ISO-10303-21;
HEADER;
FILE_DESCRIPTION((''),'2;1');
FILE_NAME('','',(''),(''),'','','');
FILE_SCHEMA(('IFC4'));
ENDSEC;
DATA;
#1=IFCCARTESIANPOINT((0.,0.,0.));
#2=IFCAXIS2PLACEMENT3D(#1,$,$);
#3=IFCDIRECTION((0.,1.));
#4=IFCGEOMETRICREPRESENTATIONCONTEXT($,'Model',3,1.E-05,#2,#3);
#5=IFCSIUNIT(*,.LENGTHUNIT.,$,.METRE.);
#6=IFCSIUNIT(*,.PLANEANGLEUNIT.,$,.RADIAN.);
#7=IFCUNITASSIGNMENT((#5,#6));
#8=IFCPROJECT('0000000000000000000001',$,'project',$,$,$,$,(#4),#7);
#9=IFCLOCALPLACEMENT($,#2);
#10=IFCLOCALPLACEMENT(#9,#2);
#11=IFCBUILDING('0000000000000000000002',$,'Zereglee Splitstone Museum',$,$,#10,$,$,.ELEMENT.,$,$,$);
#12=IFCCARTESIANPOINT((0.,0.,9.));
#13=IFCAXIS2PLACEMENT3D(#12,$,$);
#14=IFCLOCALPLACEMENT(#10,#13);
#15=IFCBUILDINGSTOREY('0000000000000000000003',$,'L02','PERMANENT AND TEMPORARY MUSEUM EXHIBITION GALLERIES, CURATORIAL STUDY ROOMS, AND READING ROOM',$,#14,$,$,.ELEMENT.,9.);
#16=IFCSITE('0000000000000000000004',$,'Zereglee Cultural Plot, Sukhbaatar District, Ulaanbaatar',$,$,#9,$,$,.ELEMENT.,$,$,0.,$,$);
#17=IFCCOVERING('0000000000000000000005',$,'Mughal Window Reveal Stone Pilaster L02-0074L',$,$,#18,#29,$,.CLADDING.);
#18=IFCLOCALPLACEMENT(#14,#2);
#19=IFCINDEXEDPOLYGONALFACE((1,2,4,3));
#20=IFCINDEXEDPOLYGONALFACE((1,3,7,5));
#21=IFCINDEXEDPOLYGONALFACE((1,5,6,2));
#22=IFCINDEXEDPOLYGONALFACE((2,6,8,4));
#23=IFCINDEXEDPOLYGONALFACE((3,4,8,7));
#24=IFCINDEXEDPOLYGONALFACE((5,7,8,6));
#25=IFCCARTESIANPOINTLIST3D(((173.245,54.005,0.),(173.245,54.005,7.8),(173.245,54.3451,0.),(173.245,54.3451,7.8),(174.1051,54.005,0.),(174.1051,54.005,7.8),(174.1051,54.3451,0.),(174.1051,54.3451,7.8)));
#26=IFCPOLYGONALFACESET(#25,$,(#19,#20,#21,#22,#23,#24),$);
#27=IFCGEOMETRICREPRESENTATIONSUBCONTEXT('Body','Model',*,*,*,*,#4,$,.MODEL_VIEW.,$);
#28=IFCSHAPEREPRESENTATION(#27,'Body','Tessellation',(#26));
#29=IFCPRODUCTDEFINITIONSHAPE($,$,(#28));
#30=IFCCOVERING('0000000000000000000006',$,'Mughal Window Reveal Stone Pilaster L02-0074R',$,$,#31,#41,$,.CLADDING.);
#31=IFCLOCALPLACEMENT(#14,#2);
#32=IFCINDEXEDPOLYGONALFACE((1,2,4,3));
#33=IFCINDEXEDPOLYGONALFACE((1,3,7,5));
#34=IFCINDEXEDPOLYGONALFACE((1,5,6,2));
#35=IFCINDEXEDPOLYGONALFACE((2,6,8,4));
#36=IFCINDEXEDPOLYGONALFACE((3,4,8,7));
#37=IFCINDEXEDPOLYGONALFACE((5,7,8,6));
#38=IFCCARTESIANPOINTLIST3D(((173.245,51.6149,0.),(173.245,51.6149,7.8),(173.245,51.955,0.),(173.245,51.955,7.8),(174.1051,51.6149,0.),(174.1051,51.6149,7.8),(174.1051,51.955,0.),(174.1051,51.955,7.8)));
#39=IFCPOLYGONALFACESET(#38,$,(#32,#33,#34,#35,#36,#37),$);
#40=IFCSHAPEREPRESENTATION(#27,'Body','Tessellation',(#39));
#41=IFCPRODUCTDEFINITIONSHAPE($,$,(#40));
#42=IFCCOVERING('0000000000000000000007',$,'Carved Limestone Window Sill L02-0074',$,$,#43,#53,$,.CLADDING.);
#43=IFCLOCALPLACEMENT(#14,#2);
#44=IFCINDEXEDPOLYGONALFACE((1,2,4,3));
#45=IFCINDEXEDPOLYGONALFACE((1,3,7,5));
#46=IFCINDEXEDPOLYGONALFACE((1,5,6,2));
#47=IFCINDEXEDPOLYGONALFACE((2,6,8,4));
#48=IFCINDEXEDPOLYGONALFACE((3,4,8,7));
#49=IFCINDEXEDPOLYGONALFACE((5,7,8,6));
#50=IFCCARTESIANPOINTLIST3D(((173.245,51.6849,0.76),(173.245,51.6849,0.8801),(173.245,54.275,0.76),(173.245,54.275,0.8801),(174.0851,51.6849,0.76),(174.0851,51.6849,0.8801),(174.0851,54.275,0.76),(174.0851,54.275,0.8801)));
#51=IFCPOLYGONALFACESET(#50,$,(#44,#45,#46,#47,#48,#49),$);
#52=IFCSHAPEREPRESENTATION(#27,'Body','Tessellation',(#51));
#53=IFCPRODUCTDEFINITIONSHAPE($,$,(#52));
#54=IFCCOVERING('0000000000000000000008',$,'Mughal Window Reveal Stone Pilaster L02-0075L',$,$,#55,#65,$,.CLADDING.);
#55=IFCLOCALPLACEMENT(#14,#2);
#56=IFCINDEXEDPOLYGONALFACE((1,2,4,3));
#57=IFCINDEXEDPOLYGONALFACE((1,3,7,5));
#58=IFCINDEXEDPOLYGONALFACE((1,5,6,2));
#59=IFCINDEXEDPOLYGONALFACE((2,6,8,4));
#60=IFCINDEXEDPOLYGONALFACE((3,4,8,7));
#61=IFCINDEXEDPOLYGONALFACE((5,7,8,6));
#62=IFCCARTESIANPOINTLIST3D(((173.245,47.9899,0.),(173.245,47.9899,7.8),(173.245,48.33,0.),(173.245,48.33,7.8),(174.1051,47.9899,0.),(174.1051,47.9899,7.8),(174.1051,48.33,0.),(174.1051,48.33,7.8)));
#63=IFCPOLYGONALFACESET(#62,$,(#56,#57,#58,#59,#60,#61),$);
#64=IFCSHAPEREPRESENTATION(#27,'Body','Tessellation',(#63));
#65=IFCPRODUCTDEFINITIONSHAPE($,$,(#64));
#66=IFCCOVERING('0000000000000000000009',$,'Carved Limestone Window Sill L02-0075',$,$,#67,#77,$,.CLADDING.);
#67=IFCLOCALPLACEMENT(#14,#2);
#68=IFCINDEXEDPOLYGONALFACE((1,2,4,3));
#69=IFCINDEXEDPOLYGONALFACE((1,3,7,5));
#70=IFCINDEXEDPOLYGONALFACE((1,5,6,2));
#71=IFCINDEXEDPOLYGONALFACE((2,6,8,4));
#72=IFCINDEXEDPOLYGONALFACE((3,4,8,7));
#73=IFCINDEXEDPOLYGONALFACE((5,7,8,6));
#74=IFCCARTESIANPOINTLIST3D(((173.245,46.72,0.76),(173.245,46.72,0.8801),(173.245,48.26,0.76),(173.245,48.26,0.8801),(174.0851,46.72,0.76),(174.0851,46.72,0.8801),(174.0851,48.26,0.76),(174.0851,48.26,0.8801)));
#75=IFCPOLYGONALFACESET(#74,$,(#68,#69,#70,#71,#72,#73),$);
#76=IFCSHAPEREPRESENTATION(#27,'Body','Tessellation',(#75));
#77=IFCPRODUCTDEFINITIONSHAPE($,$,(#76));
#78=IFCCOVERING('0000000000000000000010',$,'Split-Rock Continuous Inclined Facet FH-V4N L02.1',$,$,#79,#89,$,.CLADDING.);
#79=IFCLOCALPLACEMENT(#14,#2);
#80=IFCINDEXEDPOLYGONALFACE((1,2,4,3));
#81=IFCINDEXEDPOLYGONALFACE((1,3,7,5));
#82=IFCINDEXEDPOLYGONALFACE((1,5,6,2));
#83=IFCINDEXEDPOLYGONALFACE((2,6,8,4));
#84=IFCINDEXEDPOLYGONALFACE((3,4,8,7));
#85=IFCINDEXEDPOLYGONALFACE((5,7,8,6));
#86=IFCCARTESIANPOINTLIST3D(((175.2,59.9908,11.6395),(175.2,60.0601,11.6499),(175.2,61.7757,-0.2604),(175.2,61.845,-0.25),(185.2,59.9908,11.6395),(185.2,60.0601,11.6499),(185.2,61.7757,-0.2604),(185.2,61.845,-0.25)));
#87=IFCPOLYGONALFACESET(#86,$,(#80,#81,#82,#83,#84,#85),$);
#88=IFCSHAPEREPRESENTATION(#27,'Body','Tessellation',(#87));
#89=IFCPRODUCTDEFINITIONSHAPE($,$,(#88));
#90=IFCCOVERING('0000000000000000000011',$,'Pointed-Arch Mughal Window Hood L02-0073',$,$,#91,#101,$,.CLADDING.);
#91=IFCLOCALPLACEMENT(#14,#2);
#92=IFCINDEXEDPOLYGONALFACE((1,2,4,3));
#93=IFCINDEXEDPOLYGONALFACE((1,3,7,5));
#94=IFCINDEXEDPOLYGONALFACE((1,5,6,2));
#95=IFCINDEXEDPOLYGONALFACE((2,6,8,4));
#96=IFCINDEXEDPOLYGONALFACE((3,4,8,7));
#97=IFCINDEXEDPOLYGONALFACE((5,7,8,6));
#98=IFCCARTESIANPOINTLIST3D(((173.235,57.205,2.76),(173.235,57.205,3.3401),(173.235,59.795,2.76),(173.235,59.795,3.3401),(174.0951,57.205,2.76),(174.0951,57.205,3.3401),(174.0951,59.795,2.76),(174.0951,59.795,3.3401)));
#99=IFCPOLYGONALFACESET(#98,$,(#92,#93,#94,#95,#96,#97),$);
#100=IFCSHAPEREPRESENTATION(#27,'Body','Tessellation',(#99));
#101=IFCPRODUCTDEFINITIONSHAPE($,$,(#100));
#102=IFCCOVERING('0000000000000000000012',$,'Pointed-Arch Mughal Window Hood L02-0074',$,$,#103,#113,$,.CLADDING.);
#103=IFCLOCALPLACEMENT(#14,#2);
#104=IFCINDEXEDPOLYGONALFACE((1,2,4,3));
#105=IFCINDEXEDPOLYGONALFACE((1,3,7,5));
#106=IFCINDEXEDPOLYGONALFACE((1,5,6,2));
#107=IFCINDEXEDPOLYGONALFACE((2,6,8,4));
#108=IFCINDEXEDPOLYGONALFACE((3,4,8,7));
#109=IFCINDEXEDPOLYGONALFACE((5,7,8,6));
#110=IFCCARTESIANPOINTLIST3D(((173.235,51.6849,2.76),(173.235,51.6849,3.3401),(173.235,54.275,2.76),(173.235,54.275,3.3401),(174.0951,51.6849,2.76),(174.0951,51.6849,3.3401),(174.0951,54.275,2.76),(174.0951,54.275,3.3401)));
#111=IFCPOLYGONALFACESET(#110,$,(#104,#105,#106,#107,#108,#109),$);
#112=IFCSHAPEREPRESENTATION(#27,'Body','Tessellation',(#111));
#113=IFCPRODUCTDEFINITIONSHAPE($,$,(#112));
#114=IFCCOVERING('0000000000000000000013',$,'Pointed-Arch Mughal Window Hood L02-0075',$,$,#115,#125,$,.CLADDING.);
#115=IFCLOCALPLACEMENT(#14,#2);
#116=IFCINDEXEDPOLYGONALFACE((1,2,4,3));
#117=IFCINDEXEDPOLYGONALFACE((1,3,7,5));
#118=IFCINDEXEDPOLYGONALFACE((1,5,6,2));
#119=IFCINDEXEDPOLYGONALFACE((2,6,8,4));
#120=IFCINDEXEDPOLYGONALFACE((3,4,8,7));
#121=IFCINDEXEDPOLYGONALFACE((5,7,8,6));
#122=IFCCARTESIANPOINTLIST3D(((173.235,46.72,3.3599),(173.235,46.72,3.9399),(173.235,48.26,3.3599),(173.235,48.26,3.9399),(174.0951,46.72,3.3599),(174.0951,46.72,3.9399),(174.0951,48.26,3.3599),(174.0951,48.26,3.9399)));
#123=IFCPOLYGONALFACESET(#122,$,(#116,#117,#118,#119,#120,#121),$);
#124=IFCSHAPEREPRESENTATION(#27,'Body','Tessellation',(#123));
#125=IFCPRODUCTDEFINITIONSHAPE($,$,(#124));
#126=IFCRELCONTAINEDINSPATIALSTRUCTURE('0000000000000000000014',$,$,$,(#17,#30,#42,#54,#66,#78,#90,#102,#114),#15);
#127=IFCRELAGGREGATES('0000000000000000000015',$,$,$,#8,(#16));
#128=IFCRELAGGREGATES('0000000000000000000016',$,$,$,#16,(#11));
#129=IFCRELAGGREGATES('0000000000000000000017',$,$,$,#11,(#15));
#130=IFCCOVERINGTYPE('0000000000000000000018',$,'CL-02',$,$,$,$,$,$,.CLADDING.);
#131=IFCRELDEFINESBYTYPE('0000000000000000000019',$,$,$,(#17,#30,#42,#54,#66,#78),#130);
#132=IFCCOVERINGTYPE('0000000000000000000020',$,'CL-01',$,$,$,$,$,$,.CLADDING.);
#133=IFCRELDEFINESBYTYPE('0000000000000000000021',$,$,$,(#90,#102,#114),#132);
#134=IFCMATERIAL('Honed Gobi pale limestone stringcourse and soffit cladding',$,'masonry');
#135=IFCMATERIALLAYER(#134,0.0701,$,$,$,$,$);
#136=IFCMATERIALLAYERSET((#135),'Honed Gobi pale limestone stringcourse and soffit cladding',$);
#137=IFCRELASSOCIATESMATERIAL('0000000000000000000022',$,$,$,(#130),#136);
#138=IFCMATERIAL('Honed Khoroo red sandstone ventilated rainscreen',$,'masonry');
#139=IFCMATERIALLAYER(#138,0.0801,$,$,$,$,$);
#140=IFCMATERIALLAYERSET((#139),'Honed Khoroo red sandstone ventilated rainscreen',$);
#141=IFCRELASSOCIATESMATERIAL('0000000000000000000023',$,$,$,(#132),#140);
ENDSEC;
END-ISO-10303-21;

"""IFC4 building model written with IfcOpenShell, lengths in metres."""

from ifc_helpers import new_model, si_unit, direction, frame, origin, origin_2d, place, context, subcontext, project, spatial, polyline, rectangle, outline, extrude, material, layer, layer_set, type_object, element, save


model = new_model("IFC4")

# Units and contexts
model_context = context("Model", 3, precision=1e-05, world=origin(), true_north=direction((0.0, 1.0)))
body_context = subcontext(model_context, "Body", "Model", "MODEL_VIEW")
ifc_project = project(units=[si_unit("LENGTHUNIT", "METRE"), si_unit("PLANEANGLEUNIT", "RADIAN")], contexts=[model_context])

# Site, building, storey
site_placement = place(None, origin())
site = spatial("IfcSite", under=ifc_project, at=site_placement, Name="Zereglee Cultural Plot, Sukhbaatar District, Ulaanbaatar", CompositionType="ELEMENT", RefElevation=0.0)
building_placement = place(site_placement, origin())
building = spatial("IfcBuilding", under=site, at=building_placement, Name="Zereglee Splitstone Museum", CompositionType="ELEMENT")
storey_placement = place(building_placement, frame((0.0, 0.0, 9.0)))
storey = spatial("IfcBuildingStorey", under=building, at=storey_placement, Name="L02", Description="PERMANENT AND TEMPORARY MUSEUM EXHIBITION GALLERIES, CURATORIAL STUDY ROOMS, AND READING ROOM", CompositionType="ELEMENT", Elevation=9.0)

# Coverings
ifc_material_1 = material(Name="Honed Gobi pale limestone stringcourse and soffit cladding", Category="masonry")
ifc_layer_1 = layer(ifc_material_1, 0.0701)
ifc_layer_set_1 = layer_set([ifc_layer_1], Name="Honed Gobi pale limestone stringcourse and soffit cladding")
covering_type_1 = type_object("IfcCoveringType", Name="CL-02", PredefinedType="CLADDING", material=ifc_layer_set_1)
for number, where, z_axis, x_axis, name in (
    (1, (173.675, 54.175, 0.0), (0.0, 0.0, 1.0), (0.0, -1.0, 0.0), "Mughal Window Reveal Stone Pilaster L02-0074L"),
    (2, (173.675, 51.7849, 0.0), (0.0, 0.0, 1.0), (0.0, -1.0, 0.0), "Mughal Window Reveal Stone Pilaster L02-0074R"),
):
    element("IfcCovering", number, at=place(storey_placement, frame(where, z_axis=z_axis, x_axis=x_axis)), inside=storey, type_object=covering_type_1, Name=name, PredefinedType="CLADDING", context=body_context, shape_type="SweptSolid", body=[
        extrude(rectangle(XDim=0.3401, YDim=0.8601, at=origin_2d()), origin(), (0.0, 0.0, 1.0), 7.8),
    ])
covering_1_placement = place(storey_placement, frame((173.665, 52.98, 0.76), z_axis=(0.0, 0.0, 1.0), x_axis=(0.0, -1.0, 0.0)))
element("IfcCovering", 3, at=covering_1_placement, inside=storey, type_object=covering_type_1, Name="Carved Limestone Window Sill L02-0074", PredefinedType="CLADDING", context=body_context, shape_type="SweptSolid", body=[
    extrude(rectangle(XDim=2.5901, YDim=0.8401, at=origin_2d()), origin(), (0.0, 0.0, 1.0), 0.1201),
])
covering_2_placement = place(storey_placement, frame((173.675, 48.1599, 0.0), z_axis=(0.0, 0.0, 1.0), x_axis=(0.0, -1.0, 0.0)))
element("IfcCovering", 4, at=covering_2_placement, inside=storey, type_object=covering_type_1, Name="Mughal Window Reveal Stone Pilaster L02-0075L", PredefinedType="CLADDING", context=body_context, shape_type="SweptSolid", body=[
    extrude(rectangle(XDim=0.3401, YDim=0.8601, at=origin_2d()), origin(), (0.0, 0.0, 1.0), 7.8),
])
covering_3_placement = place(storey_placement, frame((173.665, 47.49, 0.76), z_axis=(0.0, 0.0, 1.0), x_axis=(0.0, -1.0, 0.0)))
element("IfcCovering", 5, at=covering_3_placement, inside=storey, type_object=covering_type_1, Name="Carved Limestone Window Sill L02-0075", PredefinedType="CLADDING", context=body_context, shape_type="SweptSolid", body=[
    extrude(rectangle(XDim=1.54, YDim=0.8401, at=origin_2d()), origin(), (0.0, 0.0, 1.0), 0.1201),
])
covering_4_placement = place(storey_placement, frame((175.2, 60.0601, 11.6499), z_axis=(0.0, 0.988937, 0.148335), x_axis=(1.0, 0.0, 0.0)))
element("IfcCovering", 6, at=covering_4_placement, inside=storey, type_object=covering_type_1, Name="Split-Rock Continuous Inclined Facet FH-V4N L02.1", PredefinedType="CLADDING", context=body_context, shape_type="SweptSolid", body=[
    extrude(outline(polyline([(0.0, 0.0), (10.0, 0.0), (10.0, 12.033), (0.0, 12.033), (0.0, 0.0)])), origin(), (0.0, 0.0, -1.0), 0.0701),
])
ifc_material_2 = material(Name="Honed Khoroo red sandstone ventilated rainscreen", Category="masonry")
ifc_layer_2 = layer(ifc_material_2, 0.0801)
ifc_layer_set_2 = layer_set([ifc_layer_2], Name="Honed Khoroo red sandstone ventilated rainscreen")
covering_type_2 = type_object("IfcCoveringType", Name="CL-01", PredefinedType="CLADDING", material=ifc_layer_set_2)
for number, where, z_axis, x_axis, name in (
    (7, (173.665, 58.5, 2.76), (0.0, 0.0, 1.0), (0.0, -1.0, 0.0), "Pointed-Arch Mughal Window Hood L02-0073"),
    (8, (173.665, 52.98, 2.76), (0.0, 0.0, 1.0), (0.0, -1.0, 0.0), "Pointed-Arch Mughal Window Hood L02-0074"),
):
    element("IfcCovering", number, at=place(storey_placement, frame(where, z_axis=z_axis, x_axis=x_axis)), inside=storey, type_object=covering_type_2, Name=name, PredefinedType="CLADDING", context=body_context, shape_type="SweptSolid", body=[
        extrude(rectangle(XDim=2.5901, YDim=0.8601, at=origin_2d()), origin(), (0.0, 0.0, 1.0), 0.5801),
    ])
covering_5_placement = place(storey_placement, frame((173.665, 47.49, 3.3599), z_axis=(0.0, 0.0, 1.0), x_axis=(0.0, -1.0, 0.0)))
element("IfcCovering", 9, at=covering_5_placement, inside=storey, type_object=covering_type_2, Name="Pointed-Arch Mughal Window Hood L02-0075", PredefinedType="CLADDING", context=body_context, shape_type="SweptSolid", body=[
    extrude(rectangle(XDim=1.54, YDim=0.8601, at=origin_2d()), origin(), (0.0, 0.0, 1.0), 0.5801),
])

save(model, "model.ifc")
